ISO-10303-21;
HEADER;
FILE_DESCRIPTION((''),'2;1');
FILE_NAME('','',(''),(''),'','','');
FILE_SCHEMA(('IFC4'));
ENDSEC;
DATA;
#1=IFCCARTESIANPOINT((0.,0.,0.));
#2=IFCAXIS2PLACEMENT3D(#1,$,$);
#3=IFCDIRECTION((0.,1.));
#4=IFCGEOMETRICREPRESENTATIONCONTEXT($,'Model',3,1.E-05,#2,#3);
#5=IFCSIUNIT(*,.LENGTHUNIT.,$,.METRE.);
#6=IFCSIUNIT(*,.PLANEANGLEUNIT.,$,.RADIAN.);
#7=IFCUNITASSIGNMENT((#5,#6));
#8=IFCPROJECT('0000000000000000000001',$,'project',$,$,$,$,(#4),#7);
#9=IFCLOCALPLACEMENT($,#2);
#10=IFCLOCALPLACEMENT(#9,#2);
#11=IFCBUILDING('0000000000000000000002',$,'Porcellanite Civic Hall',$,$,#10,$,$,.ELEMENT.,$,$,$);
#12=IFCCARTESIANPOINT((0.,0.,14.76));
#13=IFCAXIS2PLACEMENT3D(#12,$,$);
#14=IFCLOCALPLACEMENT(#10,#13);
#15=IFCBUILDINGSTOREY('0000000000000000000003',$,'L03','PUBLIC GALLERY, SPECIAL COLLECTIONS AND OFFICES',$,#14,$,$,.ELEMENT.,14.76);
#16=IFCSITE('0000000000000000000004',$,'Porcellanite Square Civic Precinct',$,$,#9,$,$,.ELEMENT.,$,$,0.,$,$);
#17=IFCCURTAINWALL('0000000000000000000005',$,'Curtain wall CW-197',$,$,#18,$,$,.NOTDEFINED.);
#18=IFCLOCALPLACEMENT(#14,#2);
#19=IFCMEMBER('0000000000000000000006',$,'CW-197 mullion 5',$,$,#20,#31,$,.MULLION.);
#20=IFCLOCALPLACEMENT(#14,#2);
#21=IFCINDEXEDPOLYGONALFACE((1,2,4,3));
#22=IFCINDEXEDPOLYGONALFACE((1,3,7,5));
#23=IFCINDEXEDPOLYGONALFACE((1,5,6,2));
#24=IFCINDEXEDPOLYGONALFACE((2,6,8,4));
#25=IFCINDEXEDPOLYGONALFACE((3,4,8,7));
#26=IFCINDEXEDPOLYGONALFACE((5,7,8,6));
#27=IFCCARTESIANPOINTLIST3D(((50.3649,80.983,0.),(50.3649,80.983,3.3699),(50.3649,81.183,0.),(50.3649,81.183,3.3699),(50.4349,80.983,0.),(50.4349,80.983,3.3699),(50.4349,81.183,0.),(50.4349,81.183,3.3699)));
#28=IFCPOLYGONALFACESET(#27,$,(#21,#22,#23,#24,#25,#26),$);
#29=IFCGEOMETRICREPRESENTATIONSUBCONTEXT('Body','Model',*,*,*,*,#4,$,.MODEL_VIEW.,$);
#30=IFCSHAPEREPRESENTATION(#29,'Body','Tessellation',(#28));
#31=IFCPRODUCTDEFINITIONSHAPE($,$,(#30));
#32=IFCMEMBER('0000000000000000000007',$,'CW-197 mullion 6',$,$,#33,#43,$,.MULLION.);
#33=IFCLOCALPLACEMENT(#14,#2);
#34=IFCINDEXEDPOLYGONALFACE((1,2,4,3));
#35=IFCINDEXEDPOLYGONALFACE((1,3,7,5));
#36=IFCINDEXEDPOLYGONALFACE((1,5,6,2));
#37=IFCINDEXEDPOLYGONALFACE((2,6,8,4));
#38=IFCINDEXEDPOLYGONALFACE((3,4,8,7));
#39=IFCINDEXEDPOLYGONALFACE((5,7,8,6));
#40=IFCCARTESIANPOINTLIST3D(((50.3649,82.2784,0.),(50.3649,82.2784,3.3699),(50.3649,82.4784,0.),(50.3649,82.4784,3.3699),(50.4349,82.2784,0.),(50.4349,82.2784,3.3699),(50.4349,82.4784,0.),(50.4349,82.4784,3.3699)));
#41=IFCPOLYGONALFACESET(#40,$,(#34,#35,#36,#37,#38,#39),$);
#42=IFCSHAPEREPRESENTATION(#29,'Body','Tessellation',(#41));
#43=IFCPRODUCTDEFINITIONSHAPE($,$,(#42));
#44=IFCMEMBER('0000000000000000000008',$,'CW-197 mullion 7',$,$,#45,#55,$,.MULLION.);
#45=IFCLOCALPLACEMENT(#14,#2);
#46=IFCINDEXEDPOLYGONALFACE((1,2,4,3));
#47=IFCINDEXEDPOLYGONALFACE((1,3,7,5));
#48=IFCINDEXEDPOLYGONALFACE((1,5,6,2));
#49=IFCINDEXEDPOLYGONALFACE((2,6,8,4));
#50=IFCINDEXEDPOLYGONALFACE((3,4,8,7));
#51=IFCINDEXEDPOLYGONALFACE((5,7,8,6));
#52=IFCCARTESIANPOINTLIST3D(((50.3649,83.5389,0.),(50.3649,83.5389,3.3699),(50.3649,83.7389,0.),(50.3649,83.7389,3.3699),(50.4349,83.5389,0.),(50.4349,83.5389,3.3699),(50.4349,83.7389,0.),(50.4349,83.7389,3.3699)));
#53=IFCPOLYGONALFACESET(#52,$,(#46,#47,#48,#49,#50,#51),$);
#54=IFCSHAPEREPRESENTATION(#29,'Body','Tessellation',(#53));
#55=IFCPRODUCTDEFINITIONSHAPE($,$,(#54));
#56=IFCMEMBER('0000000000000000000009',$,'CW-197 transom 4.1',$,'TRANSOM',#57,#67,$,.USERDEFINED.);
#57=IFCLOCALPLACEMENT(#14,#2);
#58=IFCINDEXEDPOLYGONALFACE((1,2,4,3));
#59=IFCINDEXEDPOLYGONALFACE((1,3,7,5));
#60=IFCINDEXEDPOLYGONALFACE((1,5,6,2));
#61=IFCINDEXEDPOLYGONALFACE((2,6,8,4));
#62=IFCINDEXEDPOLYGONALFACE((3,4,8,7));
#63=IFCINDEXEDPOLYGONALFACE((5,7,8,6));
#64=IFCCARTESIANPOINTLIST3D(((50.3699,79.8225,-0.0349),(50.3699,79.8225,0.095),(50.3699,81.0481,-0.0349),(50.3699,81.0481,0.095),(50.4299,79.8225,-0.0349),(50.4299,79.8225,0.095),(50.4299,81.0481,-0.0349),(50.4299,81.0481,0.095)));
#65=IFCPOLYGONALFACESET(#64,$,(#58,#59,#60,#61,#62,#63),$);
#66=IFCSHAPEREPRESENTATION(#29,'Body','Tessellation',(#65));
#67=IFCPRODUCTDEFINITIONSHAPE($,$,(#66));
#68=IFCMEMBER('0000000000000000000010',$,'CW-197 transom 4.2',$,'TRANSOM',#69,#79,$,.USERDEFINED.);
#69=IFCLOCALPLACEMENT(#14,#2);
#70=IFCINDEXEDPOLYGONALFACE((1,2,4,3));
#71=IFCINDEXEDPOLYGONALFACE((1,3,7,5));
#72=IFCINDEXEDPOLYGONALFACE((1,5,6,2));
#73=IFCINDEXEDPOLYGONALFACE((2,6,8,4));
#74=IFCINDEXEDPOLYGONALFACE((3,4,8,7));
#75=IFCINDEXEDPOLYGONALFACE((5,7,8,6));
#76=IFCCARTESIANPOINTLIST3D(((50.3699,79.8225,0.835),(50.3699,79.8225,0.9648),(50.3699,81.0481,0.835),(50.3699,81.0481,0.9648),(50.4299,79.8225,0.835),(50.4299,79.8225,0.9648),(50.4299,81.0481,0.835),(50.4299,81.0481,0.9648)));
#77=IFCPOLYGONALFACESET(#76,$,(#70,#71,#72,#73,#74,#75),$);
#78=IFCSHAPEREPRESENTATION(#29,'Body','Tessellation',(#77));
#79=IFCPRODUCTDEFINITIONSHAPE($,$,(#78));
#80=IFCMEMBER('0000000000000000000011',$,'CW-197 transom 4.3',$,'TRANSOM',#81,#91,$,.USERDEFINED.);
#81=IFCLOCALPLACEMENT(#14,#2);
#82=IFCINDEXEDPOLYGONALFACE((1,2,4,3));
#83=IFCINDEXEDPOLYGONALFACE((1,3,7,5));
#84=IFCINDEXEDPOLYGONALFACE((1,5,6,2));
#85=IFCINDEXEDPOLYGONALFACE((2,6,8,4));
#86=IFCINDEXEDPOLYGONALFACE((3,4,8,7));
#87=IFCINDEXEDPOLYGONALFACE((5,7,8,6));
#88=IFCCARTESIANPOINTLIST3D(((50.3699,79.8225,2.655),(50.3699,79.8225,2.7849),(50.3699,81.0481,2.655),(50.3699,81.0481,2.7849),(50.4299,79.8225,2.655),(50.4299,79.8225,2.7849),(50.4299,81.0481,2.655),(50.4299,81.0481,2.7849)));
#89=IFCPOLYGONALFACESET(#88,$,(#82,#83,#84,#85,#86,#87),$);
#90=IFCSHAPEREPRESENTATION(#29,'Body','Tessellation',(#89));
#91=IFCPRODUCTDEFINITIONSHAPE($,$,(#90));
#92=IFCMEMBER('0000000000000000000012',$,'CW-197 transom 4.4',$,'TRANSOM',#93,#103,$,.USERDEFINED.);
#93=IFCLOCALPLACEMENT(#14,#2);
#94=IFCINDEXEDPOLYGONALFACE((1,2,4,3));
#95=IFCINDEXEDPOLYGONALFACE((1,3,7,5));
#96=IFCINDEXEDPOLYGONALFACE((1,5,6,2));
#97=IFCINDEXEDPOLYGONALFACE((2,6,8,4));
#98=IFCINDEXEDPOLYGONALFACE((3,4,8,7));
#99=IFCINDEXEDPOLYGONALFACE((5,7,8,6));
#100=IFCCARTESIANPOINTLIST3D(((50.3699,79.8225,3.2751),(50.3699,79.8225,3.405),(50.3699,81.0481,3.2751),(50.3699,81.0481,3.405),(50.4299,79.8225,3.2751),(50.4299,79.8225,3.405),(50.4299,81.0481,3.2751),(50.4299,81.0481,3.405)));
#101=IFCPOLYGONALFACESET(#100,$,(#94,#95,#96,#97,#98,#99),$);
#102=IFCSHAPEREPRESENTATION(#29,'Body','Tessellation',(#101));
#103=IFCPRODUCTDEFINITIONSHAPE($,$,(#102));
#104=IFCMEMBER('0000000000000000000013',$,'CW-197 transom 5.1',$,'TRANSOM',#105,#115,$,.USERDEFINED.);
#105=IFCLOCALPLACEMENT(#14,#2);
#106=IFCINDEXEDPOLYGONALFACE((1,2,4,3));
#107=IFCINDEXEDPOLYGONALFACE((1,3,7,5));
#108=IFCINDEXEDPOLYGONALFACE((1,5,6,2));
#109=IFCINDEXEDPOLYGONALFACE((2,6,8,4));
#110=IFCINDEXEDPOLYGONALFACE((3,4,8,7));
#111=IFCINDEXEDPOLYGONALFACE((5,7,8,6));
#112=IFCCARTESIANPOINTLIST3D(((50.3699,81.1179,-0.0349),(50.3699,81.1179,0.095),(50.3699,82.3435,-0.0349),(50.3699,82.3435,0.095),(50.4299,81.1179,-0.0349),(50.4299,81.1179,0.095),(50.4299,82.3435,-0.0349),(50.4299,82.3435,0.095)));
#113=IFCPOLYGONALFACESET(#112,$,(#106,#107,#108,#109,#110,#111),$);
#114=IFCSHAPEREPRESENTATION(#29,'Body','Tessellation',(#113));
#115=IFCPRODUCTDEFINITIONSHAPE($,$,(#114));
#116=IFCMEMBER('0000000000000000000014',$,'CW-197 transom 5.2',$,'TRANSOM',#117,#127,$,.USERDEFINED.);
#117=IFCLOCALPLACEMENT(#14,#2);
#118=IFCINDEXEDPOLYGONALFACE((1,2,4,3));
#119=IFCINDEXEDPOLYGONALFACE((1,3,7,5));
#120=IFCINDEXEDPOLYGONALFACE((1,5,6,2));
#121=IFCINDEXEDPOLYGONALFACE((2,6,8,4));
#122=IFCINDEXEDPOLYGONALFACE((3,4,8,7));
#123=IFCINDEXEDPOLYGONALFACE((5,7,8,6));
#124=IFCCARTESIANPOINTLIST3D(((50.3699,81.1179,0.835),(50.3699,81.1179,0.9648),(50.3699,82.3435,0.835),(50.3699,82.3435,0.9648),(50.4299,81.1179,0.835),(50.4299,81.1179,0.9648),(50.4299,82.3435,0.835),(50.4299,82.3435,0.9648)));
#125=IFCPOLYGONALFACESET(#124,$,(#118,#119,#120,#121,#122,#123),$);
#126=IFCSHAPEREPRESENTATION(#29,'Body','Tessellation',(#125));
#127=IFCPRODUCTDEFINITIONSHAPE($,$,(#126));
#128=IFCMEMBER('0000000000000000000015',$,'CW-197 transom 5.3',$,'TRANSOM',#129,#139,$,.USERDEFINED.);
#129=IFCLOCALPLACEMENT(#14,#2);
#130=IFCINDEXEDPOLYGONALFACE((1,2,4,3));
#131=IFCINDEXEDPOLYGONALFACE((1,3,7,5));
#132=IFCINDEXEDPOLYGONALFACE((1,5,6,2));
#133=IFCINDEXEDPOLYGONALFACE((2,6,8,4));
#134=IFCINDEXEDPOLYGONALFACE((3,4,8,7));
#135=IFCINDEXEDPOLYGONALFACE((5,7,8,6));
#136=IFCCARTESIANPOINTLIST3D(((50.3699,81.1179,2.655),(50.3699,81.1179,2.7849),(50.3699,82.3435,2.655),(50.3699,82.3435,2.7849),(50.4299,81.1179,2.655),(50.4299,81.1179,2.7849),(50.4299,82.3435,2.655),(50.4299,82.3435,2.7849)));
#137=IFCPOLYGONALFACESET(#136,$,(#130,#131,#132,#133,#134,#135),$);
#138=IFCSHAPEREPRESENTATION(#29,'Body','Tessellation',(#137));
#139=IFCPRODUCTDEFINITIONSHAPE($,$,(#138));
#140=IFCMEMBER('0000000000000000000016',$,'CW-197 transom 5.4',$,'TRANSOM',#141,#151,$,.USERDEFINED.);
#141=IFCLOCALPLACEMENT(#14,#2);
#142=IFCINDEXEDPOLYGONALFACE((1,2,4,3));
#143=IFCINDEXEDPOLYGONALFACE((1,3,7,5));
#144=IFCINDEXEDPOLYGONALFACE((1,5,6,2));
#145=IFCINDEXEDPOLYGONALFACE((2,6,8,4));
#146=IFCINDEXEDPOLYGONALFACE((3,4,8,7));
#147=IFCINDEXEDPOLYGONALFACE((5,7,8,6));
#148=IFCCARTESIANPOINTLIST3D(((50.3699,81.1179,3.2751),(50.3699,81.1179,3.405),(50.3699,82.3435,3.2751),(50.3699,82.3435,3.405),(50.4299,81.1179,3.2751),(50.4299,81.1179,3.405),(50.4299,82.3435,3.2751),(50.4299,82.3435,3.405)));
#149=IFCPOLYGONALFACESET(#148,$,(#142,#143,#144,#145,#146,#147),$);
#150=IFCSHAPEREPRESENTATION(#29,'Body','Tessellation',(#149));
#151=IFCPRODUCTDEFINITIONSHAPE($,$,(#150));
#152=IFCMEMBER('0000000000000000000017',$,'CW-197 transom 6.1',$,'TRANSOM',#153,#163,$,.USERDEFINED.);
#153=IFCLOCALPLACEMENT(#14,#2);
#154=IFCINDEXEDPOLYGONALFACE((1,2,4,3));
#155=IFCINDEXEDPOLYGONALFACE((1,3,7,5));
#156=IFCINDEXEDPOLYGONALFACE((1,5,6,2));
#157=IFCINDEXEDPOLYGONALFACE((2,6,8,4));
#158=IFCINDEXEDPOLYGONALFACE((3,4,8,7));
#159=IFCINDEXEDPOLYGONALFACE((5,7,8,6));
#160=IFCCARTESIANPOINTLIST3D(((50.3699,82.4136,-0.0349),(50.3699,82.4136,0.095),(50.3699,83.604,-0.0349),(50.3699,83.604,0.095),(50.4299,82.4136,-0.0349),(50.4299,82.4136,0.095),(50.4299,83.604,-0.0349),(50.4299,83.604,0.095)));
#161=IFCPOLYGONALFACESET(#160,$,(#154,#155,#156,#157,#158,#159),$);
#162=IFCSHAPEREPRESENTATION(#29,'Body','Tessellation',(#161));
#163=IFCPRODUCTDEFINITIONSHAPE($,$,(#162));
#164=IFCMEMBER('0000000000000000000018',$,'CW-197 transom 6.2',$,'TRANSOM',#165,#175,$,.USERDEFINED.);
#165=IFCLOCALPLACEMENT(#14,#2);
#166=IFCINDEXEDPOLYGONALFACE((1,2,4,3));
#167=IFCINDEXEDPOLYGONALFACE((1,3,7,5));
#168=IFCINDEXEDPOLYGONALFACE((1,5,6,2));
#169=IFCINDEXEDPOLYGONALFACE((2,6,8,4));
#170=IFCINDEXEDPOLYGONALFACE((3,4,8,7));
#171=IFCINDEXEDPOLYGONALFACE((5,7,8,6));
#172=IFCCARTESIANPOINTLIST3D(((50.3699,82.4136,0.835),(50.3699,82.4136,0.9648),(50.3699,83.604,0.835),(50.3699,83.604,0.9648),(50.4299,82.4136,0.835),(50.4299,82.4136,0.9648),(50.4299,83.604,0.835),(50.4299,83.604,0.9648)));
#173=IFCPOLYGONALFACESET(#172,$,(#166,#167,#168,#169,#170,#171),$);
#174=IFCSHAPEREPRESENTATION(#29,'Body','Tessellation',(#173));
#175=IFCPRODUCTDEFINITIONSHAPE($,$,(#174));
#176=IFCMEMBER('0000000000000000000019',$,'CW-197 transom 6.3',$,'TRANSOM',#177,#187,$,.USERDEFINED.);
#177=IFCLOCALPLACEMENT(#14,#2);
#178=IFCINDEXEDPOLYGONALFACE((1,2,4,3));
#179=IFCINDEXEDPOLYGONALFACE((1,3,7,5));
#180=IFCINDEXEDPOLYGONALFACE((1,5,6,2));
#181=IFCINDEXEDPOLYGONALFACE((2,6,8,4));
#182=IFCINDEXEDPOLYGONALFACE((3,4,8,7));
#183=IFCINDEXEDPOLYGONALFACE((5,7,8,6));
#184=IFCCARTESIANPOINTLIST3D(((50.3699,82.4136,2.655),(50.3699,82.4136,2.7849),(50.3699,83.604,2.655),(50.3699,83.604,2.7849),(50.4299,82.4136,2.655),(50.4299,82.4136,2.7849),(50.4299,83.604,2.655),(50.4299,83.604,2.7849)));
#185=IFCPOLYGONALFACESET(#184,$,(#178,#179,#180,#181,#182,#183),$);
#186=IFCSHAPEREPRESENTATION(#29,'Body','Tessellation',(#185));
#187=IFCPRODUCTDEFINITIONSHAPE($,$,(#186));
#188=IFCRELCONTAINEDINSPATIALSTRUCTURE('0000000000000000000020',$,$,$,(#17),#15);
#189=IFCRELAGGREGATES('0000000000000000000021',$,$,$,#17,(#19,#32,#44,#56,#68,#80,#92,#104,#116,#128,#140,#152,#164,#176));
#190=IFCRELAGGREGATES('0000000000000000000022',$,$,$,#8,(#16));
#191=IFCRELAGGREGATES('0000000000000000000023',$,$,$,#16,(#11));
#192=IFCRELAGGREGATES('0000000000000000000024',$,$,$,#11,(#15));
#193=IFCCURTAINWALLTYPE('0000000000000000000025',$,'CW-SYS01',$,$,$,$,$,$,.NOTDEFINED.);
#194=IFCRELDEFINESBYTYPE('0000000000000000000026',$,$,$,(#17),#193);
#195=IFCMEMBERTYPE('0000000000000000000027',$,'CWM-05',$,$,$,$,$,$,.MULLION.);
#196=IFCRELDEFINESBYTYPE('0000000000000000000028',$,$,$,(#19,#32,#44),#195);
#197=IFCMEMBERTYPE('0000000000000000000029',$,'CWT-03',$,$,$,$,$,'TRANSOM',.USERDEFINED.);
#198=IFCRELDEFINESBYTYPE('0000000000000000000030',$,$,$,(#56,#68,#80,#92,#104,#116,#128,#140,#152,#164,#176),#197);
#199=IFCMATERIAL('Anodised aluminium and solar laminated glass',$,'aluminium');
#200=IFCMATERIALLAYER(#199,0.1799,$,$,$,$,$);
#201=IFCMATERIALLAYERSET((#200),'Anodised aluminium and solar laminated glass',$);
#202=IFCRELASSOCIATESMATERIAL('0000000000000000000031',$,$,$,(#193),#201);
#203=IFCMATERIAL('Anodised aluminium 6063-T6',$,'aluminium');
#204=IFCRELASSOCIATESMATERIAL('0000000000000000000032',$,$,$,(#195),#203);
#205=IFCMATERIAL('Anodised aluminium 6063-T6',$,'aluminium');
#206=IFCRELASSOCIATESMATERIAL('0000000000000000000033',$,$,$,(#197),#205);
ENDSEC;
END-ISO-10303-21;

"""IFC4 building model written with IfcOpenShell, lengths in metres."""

from ifc_helpers import new_model, si_unit, direction, frame, origin, origin_2d, place, context, subcontext, project, spatial, rectangle, extrude, material, layer, layer_set, material_profile, profile_set, type_object, element, aggregate, save


model = new_model("IFC4")

# Units and contexts
model_context = context("Model", 3, precision=1e-05, world=origin(), true_north=direction((0.0, 1.0)))
body_context = subcontext(model_context, "Body", "Model", "MODEL_VIEW")
ifc_project = project(units=[si_unit("LENGTHUNIT", "METRE"), si_unit("PLANEANGLEUNIT", "RADIAN")], contexts=[model_context])

# Site, building, storey
site_placement = place(None, origin())
site = spatial("IfcSite", under=ifc_project, at=site_placement, Name="Porcellanite Square Civic Precinct", CompositionType="ELEMENT", RefElevation=0.0)
building_placement = place(site_placement, origin())
building = spatial("IfcBuilding", under=site, at=building_placement, Name="Porcellanite Civic Hall", CompositionType="ELEMENT")
storey_placement = place(building_placement, frame((0.0, 0.0, 14.76)))
storey = spatial("IfcBuildingStorey", under=building, at=storey_placement, Name="L03", Description="PUBLIC GALLERY, SPECIAL COLLECTIONS AND OFFICES", CompositionType="ELEMENT", Elevation=14.76)

# Curtain wall, members
ifc_material_1 = material(Name="Anodised aluminium and solar laminated glass", Category="aluminium")
ifc_layer_1 = layer(ifc_material_1, 0.1799)
ifc_layer_set_1 = layer_set([ifc_layer_1], Name="Anodised aluminium and solar laminated glass")
curtain_wall_type = type_object("IfcCurtainWallType", Name="CW-SYS01", PredefinedType="NOTDEFINED", material=ifc_layer_set_1)
curtain_wall_placement = place(storey_placement, origin())
curtain_wall = element("IfcCurtainWall", 1, at=curtain_wall_placement, inside=storey, type_object=curtain_wall_type, Name="Curtain wall CW-197", PredefinedType="NOTDEFINED")
ifc_material_2 = material(Name="Anodised aluminium 6063-T6", Category="aluminium")
ifc_material_profile_1 = material_profile(ifc_material_2, rectangle(XDim=0.0701, YDim=0.2, at=origin_2d()), Name="AL-70x200")
ifc_profile_set_1 = profile_set([ifc_material_profile_1], Name="Anodised aluminium 6063-T6")
member_type_1 = type_object("IfcMemberType", Name="CWM-05", PredefinedType="MULLION", material=ifc_profile_set_1)
member_1_placement = place(storey_placement, frame((50.3999, 81.083, 0.0), z_axis=(0.0, 0.0, 1.0), x_axis=(-1.0, 0.0, 0.0)))
member_1 = element("IfcMember", 2, at=member_1_placement, type_object=member_type_1, Name="CW-197 mullion 5", PredefinedType="MULLION", context=body_context, shape_type="SweptSolid", body=[
    extrude(rectangle(XDim=0.0701, YDim=0.2, at=origin_2d()), origin(), (0.0, 0.0, 1.0), 3.3699),
])
member_2_placement = place(storey_placement, frame((50.3999, 82.3784, 0.0), z_axis=(0.0, 0.0, 1.0), x_axis=(-1.0, 0.0, 0.0)))
member_2 = element("IfcMember", 3, at=member_2_placement, type_object=member_type_1, Name="CW-197 mullion 6", PredefinedType="MULLION", context=body_context, shape_type="SweptSolid", body=[
    extrude(rectangle(XDim=0.0701, YDim=0.2, at=origin_2d()), origin(), (0.0, 0.0, 1.0), 3.3699),
])
member_3_placement = place(storey_placement, frame((50.3999, 83.6389, 0.0), z_axis=(0.0, 0.0, 1.0), x_axis=(-1.0, 0.0, 0.0)))
member_3 = element("IfcMember", 4, at=member_3_placement, type_object=member_type_1, Name="CW-197 mullion 7", PredefinedType="MULLION", context=body_context, shape_type="SweptSolid", body=[
    extrude(rectangle(XDim=0.0701, YDim=0.2, at=origin_2d()), origin(), (0.0, 0.0, 1.0), 3.3699),
])
ifc_material_3 = material(Name="Anodised aluminium 6063-T6", Category="aluminium")
ifc_material_profile_2 = material_profile(ifc_material_3, rectangle(XDim=0.0601, YDim=0.1299, at=origin_2d()), Name="AL-60x130")
ifc_profile_set_2 = profile_set([ifc_material_profile_2], Name="Anodised aluminium 6063-T6")
member_type_2 = type_object("IfcMemberType", Name="CWT-03", ElementType="TRANSOM", PredefinedType="USERDEFINED", material=ifc_profile_set_2)
member_4_placement = place(storey_placement, frame((50.3999, 79.8225, 0.03), z_axis=(0.0, 1.0, 0.0), x_axis=(-1.0, 0.0, 0.0)))
member_4 = element("IfcMember", 5, at=member_4_placement, type_object=member_type_2, Name="CW-197 transom 4.1", ObjectType="TRANSOM", PredefinedType="USERDEFINED", context=body_context, shape_type="SweptSolid", body=[
    extrude(rectangle(XDim=0.0601, YDim=0.1299, at=origin_2d()), origin(), (0.0, 0.0, 1.0), 1.2256),
])
member_5_placement = place(storey_placement, frame((50.3999, 79.8225, 0.8999), z_axis=(0.0, 1.0, 0.0), x_axis=(-1.0, 0.0, 0.0)))
member_5 = element("IfcMember", 6, at=member_5_placement, type_object=member_type_2, Name="CW-197 transom 4.2", ObjectType="TRANSOM", PredefinedType="USERDEFINED", context=body_context, shape_type="SweptSolid", body=[
    extrude(rectangle(XDim=0.0601, YDim=0.1299, at=origin_2d()), origin(), (0.0, 0.0, 1.0), 1.2256),
])
member_6_placement = place(storey_placement, frame((50.3999, 79.8225, 2.72), z_axis=(0.0, 1.0, 0.0), x_axis=(-1.0, 0.0, 0.0)))
member_6 = element("IfcMember", 7, at=member_6_placement, type_object=member_type_2, Name="CW-197 transom 4.3", ObjectType="TRANSOM", PredefinedType="USERDEFINED", context=body_context, shape_type="SweptSolid", body=[
    extrude(rectangle(XDim=0.0601, YDim=0.1299, at=origin_2d()), origin(), (0.0, 0.0, 1.0), 1.2256),
])
member_7_placement = place(storey_placement, frame((50.3999, 79.8225, 3.3401), z_axis=(0.0, 1.0, 0.0), x_axis=(-1.0, 0.0, 0.0)))
member_7 = element("IfcMember", 8, at=member_7_placement, type_object=member_type_2, Name="CW-197 transom 4.4", ObjectType="TRANSOM", PredefinedType="USERDEFINED", context=body_context, shape_type="SweptSolid", body=[
    extrude(rectangle(XDim=0.0601, YDim=0.1299, at=origin_2d()), origin(), (0.0, 0.0, 1.0), 1.2256),
])
member_8_placement = place(storey_placement, frame((50.3999, 81.1179, 0.03), z_axis=(0.0, 1.0, 0.0), x_axis=(-1.0, 0.0, 0.0)))
member_8 = element("IfcMember", 9, at=member_8_placement, type_object=member_type_2, Name="CW-197 transom 5.1", ObjectType="TRANSOM", PredefinedType="USERDEFINED", context=body_context, shape_type="SweptSolid", body=[
    extrude(rectangle(XDim=0.0601, YDim=0.1299, at=origin_2d()), origin(), (0.0, 0.0, 1.0), 1.2256),
])
member_9_placement = place(storey_placement, frame((50.3999, 81.1179, 0.8999), z_axis=(0.0, 1.0, 0.0), x_axis=(-1.0, 0.0, 0.0)))
member_9 = element("IfcMember", 10, at=member_9_placement, type_object=member_type_2, Name="CW-197 transom 5.2", ObjectType="TRANSOM", PredefinedType="USERDEFINED", context=body_context, shape_type="SweptSolid", body=[
    extrude(rectangle(XDim=0.0601, YDim=0.1299, at=origin_2d()), origin(), (0.0, 0.0, 1.0), 1.2256),
])
member_10_placement = place(storey_placement, frame((50.3999, 81.1179, 2.72), z_axis=(0.0, 1.0, 0.0), x_axis=(-1.0, 0.0, 0.0)))
member_10 = element("IfcMember", 11, at=member_10_placement, type_object=member_type_2, Name="CW-197 transom 5.3", ObjectType="TRANSOM", PredefinedType="USERDEFINED", context=body_context, shape_type="SweptSolid", body=[
    extrude(rectangle(XDim=0.0601, YDim=0.1299, at=origin_2d()), origin(), (0.0, 0.0, 1.0), 1.2256),
])
member_11_placement = place(storey_placement, frame((50.3999, 81.1179, 3.3401), z_axis=(0.0, 1.0, 0.0), x_axis=(-1.0, 0.0, 0.0)))
member_11 = element("IfcMember", 12, at=member_11_placement, type_object=member_type_2, Name="CW-197 transom 5.4", ObjectType="TRANSOM", PredefinedType="USERDEFINED", context=body_context, shape_type="SweptSolid", body=[
    extrude(rectangle(XDim=0.0601, YDim=0.1299, at=origin_2d()), origin(), (0.0, 0.0, 1.0), 1.2256),
])
member_12_placement = place(storey_placement, frame((50.3999, 82.4136, 0.03), z_axis=(0.0, 1.0, 0.0), x_axis=(-1.0, 0.0, 0.0)))
member_12 = element("IfcMember", 13, at=member_12_placement, type_object=member_type_2, Name="CW-197 transom 6.1", ObjectType="TRANSOM", PredefinedType="USERDEFINED", context=body_context, shape_type="SweptSolid", body=[
    extrude(rectangle(XDim=0.0601, YDim=0.1299, at=origin_2d()), origin(), (0.0, 0.0, 1.0), 1.1904),
])
member_13_placement = place(storey_placement, frame((50.3999, 82.4136, 0.8999), z_axis=(0.0, 1.0, 0.0), x_axis=(-1.0, 0.0, 0.0)))
member_13 = element("IfcMember", 14, at=member_13_placement, type_object=member_type_2, Name="CW-197 transom 6.2", ObjectType="TRANSOM", PredefinedType="USERDEFINED", context=body_context, shape_type="SweptSolid", body=[
    extrude(rectangle(XDim=0.0601, YDim=0.1299, at=origin_2d()), origin(), (0.0, 0.0, 1.0), 1.1904),
])
member_14_placement = place(storey_placement, frame((50.3999, 82.4136, 2.72), z_axis=(0.0, 1.0, 0.0), x_axis=(-1.0, 0.0, 0.0)))
member_14 = element("IfcMember", 15, at=member_14_placement, type_object=member_type_2, Name="CW-197 transom 6.3", ObjectType="TRANSOM", PredefinedType="USERDEFINED", context=body_context, shape_type="SweptSolid", body=[
    extrude(rectangle(XDim=0.0601, YDim=0.1299, at=origin_2d()), origin(), (0.0, 0.0, 1.0), 1.1904),
])
aggregate(curtain_wall, [member_1, member_2, member_3, member_4, member_5, member_6, member_7, member_8, member_9, member_10, member_11, member_12, member_13, member_14])

save(model, "model.ifc")
